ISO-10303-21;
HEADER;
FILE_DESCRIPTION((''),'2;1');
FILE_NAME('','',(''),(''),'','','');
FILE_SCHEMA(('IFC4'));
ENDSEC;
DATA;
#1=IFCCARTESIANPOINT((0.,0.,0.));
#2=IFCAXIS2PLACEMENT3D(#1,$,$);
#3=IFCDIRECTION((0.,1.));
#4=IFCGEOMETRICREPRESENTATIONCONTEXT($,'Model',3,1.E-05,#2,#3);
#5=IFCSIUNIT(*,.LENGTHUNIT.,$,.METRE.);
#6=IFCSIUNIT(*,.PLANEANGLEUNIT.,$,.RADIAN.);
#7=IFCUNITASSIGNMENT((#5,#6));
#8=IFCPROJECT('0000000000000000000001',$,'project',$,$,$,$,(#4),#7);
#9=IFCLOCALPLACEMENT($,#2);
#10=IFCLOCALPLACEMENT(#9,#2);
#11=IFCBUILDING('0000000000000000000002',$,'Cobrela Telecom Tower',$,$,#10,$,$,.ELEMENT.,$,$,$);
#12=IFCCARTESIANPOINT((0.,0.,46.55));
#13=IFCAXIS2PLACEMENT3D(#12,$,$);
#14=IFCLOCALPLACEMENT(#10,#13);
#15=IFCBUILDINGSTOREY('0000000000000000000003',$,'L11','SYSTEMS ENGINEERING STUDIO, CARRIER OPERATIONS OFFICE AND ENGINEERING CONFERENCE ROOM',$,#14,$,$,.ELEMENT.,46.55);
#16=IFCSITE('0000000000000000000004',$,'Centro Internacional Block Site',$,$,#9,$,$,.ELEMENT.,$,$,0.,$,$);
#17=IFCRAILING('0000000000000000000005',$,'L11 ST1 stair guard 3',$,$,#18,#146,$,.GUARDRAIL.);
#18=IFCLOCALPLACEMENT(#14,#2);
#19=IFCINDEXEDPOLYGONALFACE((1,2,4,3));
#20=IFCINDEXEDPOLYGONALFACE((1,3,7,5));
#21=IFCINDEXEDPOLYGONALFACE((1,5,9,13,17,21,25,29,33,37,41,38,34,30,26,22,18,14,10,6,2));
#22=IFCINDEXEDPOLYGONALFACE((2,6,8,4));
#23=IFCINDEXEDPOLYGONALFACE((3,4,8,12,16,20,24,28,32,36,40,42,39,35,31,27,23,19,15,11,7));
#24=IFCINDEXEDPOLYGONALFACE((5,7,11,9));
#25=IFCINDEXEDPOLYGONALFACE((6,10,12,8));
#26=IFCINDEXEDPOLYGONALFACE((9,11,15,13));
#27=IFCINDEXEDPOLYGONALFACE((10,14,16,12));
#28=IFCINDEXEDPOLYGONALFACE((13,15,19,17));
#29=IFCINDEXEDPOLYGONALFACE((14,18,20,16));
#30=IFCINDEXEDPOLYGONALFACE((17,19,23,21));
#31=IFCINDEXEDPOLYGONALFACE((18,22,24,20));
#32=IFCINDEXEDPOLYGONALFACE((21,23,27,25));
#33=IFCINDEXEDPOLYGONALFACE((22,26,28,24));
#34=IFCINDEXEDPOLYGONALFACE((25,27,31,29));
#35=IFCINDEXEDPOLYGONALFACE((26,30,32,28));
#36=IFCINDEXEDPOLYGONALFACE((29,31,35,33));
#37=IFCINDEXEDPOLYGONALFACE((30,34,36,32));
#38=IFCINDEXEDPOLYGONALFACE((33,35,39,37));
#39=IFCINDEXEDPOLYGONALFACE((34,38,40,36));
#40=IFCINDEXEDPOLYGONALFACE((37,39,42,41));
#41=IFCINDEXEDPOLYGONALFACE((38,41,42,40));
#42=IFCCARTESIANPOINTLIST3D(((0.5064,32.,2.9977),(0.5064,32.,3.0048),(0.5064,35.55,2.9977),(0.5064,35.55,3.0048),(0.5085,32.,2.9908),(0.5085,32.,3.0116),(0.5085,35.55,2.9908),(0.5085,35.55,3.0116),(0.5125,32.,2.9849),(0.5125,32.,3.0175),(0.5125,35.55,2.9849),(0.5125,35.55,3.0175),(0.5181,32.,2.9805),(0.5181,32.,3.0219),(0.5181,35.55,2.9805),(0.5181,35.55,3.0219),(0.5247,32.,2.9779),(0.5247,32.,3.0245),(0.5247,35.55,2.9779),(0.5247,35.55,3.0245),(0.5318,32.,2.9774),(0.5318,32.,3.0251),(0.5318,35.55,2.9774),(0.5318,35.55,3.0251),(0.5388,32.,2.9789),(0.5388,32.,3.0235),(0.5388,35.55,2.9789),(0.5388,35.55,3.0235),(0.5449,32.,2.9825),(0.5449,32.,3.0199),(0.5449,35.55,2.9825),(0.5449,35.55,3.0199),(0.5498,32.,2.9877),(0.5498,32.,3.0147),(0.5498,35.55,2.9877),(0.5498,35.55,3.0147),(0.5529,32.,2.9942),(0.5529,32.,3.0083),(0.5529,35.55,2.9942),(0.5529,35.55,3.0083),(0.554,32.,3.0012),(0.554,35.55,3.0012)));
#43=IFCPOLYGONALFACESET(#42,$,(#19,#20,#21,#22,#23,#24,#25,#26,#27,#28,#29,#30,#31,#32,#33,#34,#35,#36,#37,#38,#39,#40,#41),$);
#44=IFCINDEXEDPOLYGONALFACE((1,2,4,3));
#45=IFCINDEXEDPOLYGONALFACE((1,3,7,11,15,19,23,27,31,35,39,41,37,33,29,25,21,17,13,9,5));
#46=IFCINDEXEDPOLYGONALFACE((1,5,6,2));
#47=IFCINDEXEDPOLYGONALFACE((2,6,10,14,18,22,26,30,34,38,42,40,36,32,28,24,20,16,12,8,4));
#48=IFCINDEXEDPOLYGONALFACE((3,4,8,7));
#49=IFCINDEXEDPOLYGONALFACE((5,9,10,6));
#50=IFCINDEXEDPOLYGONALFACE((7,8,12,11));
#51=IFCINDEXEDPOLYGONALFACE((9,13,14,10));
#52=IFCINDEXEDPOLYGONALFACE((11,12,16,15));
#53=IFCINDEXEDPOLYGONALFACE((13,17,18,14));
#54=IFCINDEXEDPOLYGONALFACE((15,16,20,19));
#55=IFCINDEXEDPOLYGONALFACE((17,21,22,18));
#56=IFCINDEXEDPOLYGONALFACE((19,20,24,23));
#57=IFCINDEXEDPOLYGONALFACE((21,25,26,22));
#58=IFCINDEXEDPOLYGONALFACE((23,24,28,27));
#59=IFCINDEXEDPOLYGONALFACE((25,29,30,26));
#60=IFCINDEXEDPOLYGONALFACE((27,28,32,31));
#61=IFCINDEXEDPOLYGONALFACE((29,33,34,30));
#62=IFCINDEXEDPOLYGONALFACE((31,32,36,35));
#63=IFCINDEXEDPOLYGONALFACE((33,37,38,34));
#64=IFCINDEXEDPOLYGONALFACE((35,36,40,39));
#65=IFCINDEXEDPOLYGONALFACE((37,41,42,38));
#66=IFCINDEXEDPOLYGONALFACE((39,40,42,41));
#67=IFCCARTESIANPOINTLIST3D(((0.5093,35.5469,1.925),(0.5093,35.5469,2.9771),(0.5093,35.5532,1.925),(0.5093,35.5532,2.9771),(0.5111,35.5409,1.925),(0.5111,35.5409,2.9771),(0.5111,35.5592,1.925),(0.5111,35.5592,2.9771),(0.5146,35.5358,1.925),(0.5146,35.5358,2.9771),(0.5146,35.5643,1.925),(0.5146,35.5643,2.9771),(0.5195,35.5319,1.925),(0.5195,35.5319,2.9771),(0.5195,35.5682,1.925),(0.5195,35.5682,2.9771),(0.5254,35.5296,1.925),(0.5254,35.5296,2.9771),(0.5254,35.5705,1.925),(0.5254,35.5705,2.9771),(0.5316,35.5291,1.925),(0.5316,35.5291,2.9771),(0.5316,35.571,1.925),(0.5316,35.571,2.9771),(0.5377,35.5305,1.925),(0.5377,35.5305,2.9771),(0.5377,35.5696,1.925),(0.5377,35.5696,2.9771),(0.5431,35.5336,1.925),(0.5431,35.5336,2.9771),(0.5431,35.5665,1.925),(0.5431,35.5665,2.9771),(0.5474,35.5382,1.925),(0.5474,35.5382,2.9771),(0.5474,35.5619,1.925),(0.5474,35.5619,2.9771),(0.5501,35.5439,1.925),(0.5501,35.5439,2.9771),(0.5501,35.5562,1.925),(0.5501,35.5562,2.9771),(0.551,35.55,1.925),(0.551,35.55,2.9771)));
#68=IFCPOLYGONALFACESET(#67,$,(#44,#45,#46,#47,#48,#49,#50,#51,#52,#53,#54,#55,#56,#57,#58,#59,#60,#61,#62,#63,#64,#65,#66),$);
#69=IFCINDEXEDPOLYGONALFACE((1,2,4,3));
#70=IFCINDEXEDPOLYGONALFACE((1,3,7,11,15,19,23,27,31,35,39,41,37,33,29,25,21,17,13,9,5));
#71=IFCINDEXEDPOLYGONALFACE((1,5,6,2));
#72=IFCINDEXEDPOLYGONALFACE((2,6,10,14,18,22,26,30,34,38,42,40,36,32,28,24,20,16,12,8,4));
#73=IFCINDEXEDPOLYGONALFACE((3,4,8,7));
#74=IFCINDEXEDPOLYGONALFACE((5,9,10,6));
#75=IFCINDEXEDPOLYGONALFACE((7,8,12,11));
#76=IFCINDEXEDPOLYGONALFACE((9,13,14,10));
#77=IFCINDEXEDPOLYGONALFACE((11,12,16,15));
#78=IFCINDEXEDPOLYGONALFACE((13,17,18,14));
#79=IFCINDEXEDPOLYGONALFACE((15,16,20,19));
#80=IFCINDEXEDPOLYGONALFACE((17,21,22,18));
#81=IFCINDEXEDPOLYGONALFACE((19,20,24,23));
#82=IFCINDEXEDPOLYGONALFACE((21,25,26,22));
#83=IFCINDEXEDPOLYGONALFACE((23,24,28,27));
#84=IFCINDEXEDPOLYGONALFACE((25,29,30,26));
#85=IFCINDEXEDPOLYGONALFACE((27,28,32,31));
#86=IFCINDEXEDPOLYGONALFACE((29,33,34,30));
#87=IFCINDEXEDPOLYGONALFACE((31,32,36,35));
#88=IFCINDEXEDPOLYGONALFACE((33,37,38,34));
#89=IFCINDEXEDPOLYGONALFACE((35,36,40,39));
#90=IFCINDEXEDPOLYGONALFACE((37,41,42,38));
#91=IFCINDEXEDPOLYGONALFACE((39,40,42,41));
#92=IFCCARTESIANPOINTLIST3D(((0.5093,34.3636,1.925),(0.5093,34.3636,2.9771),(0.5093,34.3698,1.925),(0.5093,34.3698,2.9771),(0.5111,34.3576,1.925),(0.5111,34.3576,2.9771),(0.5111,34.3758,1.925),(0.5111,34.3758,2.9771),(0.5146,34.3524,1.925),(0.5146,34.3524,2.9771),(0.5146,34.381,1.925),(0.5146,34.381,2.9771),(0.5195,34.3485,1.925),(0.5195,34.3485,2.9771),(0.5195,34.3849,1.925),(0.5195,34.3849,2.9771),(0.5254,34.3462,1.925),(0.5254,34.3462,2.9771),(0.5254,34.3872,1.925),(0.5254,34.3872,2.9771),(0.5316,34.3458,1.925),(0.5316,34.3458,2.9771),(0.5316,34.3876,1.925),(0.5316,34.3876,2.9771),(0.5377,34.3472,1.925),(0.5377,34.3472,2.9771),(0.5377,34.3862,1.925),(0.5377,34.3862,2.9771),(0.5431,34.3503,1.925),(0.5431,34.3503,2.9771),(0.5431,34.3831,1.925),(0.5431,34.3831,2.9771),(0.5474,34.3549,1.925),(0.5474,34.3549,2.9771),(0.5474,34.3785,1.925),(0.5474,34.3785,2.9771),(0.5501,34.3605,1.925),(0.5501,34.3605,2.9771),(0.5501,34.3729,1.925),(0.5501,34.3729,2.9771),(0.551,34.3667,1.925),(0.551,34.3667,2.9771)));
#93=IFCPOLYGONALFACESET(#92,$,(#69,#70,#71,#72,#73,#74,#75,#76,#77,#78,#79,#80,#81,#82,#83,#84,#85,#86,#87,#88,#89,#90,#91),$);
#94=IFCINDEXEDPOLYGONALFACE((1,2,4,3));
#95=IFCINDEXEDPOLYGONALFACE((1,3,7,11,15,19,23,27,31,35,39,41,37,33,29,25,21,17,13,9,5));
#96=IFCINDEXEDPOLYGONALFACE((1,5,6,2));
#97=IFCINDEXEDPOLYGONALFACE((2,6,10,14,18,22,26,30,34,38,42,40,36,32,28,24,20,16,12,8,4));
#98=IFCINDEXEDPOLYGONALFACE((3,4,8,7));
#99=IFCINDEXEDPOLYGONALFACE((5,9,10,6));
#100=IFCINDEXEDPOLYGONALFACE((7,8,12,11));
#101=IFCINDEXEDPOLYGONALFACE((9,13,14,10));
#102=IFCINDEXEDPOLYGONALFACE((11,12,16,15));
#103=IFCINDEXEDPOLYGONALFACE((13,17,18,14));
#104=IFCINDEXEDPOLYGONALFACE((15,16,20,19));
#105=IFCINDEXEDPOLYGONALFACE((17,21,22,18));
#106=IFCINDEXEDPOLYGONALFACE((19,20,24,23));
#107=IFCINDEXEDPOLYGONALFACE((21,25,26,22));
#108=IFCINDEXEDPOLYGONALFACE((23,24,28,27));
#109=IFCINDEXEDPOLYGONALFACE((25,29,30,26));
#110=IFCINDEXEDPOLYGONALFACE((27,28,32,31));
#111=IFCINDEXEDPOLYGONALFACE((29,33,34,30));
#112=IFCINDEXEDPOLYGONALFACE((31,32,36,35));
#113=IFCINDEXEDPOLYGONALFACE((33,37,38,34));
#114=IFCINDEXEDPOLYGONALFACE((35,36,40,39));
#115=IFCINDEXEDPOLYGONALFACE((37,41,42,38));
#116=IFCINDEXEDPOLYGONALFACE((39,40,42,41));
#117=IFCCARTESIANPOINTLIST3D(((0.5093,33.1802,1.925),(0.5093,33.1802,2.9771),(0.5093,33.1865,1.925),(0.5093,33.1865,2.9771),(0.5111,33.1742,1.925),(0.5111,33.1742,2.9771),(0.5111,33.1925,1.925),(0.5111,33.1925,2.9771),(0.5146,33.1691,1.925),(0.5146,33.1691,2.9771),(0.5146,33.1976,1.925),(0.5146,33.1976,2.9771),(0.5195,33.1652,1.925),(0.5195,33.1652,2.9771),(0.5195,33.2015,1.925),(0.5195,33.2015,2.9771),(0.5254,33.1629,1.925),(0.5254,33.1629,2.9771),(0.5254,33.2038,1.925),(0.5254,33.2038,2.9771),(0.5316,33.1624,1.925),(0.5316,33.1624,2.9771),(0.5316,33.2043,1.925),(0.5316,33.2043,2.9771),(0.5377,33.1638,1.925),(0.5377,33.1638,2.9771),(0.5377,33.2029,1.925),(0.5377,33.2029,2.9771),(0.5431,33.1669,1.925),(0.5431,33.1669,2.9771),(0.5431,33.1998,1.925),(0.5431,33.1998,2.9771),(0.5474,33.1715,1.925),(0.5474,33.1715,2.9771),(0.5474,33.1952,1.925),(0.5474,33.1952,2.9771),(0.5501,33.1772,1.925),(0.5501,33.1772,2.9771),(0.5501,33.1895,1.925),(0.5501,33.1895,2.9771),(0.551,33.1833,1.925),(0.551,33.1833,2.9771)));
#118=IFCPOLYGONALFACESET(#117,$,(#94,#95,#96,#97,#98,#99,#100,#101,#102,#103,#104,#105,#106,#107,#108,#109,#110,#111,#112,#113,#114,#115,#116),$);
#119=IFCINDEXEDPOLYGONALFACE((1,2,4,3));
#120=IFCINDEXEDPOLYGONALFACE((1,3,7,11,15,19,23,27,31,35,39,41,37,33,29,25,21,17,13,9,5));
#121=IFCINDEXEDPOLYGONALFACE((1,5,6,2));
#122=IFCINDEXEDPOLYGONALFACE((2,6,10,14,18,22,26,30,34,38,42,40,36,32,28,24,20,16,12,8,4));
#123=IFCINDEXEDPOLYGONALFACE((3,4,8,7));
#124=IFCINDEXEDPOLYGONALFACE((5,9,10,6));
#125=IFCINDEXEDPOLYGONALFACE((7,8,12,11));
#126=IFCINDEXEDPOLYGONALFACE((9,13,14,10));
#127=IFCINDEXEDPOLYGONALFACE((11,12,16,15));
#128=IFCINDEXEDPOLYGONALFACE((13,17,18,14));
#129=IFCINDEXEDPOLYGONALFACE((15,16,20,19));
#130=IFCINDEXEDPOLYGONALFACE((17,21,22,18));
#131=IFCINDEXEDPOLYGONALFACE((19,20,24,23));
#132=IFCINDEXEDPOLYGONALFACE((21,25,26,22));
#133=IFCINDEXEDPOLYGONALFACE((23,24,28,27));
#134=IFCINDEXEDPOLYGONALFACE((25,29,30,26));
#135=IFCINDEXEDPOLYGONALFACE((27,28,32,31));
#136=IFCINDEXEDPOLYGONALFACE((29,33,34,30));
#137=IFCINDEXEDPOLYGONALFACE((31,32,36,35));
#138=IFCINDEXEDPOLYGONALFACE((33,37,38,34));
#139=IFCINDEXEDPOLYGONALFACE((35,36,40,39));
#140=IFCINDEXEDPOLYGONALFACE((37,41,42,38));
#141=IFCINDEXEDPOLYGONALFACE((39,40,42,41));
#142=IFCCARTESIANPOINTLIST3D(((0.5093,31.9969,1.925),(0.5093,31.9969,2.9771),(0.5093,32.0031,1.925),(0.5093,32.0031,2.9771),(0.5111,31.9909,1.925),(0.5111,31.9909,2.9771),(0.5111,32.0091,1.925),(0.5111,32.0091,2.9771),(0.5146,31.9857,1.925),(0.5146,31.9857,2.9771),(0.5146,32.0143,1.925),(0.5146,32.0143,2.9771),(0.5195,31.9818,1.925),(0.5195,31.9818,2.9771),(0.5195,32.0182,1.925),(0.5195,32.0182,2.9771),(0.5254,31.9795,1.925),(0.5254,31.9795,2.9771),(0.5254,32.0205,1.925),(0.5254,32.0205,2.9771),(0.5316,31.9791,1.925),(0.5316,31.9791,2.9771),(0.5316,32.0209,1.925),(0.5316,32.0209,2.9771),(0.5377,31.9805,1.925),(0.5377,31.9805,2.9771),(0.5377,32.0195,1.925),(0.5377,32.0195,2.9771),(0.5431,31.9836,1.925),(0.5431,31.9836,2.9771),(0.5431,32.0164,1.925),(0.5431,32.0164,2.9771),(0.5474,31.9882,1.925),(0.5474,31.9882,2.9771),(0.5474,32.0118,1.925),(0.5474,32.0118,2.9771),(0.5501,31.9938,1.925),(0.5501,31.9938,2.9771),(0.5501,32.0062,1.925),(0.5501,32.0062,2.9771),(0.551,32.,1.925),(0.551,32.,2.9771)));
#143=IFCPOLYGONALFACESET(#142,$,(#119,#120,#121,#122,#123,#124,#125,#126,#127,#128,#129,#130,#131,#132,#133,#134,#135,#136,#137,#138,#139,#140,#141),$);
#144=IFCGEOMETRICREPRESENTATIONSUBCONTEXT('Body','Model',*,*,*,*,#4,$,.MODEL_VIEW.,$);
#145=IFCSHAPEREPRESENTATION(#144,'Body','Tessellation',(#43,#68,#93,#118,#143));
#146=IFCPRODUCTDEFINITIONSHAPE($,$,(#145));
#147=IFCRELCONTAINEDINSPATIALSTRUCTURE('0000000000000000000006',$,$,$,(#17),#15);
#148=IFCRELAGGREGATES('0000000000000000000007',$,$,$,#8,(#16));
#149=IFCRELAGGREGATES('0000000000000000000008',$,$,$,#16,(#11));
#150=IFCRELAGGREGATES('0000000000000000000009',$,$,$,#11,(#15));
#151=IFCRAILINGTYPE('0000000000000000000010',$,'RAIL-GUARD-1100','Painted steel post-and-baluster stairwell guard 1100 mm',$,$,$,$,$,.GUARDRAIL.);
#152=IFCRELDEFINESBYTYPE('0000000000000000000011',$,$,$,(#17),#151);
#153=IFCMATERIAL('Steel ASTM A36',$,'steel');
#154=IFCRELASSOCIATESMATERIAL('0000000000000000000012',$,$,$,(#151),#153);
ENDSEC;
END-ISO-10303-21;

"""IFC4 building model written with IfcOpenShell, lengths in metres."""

from ifc_helpers import new_model, si_unit, direction, frame, origin, origin_2d, place, context, subcontext, project, spatial, circle, extrude, material, type_object, element, save


model = new_model("IFC4")

# Units and contexts
model_context = context("Model", 3, precision=1e-05, world=origin(), true_north=direction((0.0, 1.0)))
body_context = subcontext(model_context, "Body", "Model", "MODEL_VIEW")
ifc_project = project(units=[si_unit("LENGTHUNIT", "METRE"), si_unit("PLANEANGLEUNIT", "RADIAN")], contexts=[model_context])

# Site, building, storey
site_placement = place(None, origin())
site = spatial("IfcSite", under=ifc_project, at=site_placement, Name="Centro Internacional Block Site", CompositionType="ELEMENT", RefElevation=0.0)
building_placement = place(site_placement, origin())
building = spatial("IfcBuilding", under=site, at=building_placement, Name="Cobrela Telecom Tower", CompositionType="ELEMENT")
storey_placement = place(building_placement, frame((0.0, 0.0, 46.55)))
storey = spatial("IfcBuildingStorey", under=building, at=storey_placement, Name="L11", Description="SYSTEMS ENGINEERING STUDIO, CARRIER OPERATIONS OFFICE AND ENGINEERING CONFERENCE ROOM", CompositionType="ELEMENT", Elevation=46.55)

# Shared definitions
ifc_material_1 = material(Name="Steel ASTM A36", Category="steel")

# Railing
railing_type_1 = type_object("IfcRailingType", Name="RAIL-GUARD-1100", Description="Painted steel post-and-baluster stairwell guard 1100 mm", PredefinedType="GUARDRAIL", material=ifc_material_1)
railing_1_placement = place(storey_placement, frame((0.53, 35.55, 1.925)))
element("IfcRailing", 1, at=railing_1_placement, inside=storey, type_object=railing_type_1, Name="L11 ST1 stair guard 3", PredefinedType="GUARDRAIL", context=body_context, shape_type="SweptSolid", body=[
    extrude(circle(Radius=0.0239, at=origin_2d()), frame((0.0, 0.0, 1.0762), z_axis=(0.0, -1.0, 0.0), x_axis=(1.0, 0.0, 0.0)), (0.0, 0.0, 1.0), 3.55),
    extrude(circle(Radius=0.021, at=origin_2d()), origin(), (0.0, 0.0, 1.0), 1.052),
    extrude(circle(Radius=0.021, at=origin_2d()), frame((0.0, -1.1833, 0.0)), (0.0, 0.0, 1.0), 1.052),
    extrude(circle(Radius=0.021, at=origin_2d()), frame((0.0, -2.3667, 0.0)), (0.0, 0.0, 1.0), 1.052),
    extrude(circle(Radius=0.021, at=origin_2d()), frame((0.0, -3.55, 0.0)), (0.0, 0.0, 1.0), 1.052),
])

save(model, "model.ifc")
